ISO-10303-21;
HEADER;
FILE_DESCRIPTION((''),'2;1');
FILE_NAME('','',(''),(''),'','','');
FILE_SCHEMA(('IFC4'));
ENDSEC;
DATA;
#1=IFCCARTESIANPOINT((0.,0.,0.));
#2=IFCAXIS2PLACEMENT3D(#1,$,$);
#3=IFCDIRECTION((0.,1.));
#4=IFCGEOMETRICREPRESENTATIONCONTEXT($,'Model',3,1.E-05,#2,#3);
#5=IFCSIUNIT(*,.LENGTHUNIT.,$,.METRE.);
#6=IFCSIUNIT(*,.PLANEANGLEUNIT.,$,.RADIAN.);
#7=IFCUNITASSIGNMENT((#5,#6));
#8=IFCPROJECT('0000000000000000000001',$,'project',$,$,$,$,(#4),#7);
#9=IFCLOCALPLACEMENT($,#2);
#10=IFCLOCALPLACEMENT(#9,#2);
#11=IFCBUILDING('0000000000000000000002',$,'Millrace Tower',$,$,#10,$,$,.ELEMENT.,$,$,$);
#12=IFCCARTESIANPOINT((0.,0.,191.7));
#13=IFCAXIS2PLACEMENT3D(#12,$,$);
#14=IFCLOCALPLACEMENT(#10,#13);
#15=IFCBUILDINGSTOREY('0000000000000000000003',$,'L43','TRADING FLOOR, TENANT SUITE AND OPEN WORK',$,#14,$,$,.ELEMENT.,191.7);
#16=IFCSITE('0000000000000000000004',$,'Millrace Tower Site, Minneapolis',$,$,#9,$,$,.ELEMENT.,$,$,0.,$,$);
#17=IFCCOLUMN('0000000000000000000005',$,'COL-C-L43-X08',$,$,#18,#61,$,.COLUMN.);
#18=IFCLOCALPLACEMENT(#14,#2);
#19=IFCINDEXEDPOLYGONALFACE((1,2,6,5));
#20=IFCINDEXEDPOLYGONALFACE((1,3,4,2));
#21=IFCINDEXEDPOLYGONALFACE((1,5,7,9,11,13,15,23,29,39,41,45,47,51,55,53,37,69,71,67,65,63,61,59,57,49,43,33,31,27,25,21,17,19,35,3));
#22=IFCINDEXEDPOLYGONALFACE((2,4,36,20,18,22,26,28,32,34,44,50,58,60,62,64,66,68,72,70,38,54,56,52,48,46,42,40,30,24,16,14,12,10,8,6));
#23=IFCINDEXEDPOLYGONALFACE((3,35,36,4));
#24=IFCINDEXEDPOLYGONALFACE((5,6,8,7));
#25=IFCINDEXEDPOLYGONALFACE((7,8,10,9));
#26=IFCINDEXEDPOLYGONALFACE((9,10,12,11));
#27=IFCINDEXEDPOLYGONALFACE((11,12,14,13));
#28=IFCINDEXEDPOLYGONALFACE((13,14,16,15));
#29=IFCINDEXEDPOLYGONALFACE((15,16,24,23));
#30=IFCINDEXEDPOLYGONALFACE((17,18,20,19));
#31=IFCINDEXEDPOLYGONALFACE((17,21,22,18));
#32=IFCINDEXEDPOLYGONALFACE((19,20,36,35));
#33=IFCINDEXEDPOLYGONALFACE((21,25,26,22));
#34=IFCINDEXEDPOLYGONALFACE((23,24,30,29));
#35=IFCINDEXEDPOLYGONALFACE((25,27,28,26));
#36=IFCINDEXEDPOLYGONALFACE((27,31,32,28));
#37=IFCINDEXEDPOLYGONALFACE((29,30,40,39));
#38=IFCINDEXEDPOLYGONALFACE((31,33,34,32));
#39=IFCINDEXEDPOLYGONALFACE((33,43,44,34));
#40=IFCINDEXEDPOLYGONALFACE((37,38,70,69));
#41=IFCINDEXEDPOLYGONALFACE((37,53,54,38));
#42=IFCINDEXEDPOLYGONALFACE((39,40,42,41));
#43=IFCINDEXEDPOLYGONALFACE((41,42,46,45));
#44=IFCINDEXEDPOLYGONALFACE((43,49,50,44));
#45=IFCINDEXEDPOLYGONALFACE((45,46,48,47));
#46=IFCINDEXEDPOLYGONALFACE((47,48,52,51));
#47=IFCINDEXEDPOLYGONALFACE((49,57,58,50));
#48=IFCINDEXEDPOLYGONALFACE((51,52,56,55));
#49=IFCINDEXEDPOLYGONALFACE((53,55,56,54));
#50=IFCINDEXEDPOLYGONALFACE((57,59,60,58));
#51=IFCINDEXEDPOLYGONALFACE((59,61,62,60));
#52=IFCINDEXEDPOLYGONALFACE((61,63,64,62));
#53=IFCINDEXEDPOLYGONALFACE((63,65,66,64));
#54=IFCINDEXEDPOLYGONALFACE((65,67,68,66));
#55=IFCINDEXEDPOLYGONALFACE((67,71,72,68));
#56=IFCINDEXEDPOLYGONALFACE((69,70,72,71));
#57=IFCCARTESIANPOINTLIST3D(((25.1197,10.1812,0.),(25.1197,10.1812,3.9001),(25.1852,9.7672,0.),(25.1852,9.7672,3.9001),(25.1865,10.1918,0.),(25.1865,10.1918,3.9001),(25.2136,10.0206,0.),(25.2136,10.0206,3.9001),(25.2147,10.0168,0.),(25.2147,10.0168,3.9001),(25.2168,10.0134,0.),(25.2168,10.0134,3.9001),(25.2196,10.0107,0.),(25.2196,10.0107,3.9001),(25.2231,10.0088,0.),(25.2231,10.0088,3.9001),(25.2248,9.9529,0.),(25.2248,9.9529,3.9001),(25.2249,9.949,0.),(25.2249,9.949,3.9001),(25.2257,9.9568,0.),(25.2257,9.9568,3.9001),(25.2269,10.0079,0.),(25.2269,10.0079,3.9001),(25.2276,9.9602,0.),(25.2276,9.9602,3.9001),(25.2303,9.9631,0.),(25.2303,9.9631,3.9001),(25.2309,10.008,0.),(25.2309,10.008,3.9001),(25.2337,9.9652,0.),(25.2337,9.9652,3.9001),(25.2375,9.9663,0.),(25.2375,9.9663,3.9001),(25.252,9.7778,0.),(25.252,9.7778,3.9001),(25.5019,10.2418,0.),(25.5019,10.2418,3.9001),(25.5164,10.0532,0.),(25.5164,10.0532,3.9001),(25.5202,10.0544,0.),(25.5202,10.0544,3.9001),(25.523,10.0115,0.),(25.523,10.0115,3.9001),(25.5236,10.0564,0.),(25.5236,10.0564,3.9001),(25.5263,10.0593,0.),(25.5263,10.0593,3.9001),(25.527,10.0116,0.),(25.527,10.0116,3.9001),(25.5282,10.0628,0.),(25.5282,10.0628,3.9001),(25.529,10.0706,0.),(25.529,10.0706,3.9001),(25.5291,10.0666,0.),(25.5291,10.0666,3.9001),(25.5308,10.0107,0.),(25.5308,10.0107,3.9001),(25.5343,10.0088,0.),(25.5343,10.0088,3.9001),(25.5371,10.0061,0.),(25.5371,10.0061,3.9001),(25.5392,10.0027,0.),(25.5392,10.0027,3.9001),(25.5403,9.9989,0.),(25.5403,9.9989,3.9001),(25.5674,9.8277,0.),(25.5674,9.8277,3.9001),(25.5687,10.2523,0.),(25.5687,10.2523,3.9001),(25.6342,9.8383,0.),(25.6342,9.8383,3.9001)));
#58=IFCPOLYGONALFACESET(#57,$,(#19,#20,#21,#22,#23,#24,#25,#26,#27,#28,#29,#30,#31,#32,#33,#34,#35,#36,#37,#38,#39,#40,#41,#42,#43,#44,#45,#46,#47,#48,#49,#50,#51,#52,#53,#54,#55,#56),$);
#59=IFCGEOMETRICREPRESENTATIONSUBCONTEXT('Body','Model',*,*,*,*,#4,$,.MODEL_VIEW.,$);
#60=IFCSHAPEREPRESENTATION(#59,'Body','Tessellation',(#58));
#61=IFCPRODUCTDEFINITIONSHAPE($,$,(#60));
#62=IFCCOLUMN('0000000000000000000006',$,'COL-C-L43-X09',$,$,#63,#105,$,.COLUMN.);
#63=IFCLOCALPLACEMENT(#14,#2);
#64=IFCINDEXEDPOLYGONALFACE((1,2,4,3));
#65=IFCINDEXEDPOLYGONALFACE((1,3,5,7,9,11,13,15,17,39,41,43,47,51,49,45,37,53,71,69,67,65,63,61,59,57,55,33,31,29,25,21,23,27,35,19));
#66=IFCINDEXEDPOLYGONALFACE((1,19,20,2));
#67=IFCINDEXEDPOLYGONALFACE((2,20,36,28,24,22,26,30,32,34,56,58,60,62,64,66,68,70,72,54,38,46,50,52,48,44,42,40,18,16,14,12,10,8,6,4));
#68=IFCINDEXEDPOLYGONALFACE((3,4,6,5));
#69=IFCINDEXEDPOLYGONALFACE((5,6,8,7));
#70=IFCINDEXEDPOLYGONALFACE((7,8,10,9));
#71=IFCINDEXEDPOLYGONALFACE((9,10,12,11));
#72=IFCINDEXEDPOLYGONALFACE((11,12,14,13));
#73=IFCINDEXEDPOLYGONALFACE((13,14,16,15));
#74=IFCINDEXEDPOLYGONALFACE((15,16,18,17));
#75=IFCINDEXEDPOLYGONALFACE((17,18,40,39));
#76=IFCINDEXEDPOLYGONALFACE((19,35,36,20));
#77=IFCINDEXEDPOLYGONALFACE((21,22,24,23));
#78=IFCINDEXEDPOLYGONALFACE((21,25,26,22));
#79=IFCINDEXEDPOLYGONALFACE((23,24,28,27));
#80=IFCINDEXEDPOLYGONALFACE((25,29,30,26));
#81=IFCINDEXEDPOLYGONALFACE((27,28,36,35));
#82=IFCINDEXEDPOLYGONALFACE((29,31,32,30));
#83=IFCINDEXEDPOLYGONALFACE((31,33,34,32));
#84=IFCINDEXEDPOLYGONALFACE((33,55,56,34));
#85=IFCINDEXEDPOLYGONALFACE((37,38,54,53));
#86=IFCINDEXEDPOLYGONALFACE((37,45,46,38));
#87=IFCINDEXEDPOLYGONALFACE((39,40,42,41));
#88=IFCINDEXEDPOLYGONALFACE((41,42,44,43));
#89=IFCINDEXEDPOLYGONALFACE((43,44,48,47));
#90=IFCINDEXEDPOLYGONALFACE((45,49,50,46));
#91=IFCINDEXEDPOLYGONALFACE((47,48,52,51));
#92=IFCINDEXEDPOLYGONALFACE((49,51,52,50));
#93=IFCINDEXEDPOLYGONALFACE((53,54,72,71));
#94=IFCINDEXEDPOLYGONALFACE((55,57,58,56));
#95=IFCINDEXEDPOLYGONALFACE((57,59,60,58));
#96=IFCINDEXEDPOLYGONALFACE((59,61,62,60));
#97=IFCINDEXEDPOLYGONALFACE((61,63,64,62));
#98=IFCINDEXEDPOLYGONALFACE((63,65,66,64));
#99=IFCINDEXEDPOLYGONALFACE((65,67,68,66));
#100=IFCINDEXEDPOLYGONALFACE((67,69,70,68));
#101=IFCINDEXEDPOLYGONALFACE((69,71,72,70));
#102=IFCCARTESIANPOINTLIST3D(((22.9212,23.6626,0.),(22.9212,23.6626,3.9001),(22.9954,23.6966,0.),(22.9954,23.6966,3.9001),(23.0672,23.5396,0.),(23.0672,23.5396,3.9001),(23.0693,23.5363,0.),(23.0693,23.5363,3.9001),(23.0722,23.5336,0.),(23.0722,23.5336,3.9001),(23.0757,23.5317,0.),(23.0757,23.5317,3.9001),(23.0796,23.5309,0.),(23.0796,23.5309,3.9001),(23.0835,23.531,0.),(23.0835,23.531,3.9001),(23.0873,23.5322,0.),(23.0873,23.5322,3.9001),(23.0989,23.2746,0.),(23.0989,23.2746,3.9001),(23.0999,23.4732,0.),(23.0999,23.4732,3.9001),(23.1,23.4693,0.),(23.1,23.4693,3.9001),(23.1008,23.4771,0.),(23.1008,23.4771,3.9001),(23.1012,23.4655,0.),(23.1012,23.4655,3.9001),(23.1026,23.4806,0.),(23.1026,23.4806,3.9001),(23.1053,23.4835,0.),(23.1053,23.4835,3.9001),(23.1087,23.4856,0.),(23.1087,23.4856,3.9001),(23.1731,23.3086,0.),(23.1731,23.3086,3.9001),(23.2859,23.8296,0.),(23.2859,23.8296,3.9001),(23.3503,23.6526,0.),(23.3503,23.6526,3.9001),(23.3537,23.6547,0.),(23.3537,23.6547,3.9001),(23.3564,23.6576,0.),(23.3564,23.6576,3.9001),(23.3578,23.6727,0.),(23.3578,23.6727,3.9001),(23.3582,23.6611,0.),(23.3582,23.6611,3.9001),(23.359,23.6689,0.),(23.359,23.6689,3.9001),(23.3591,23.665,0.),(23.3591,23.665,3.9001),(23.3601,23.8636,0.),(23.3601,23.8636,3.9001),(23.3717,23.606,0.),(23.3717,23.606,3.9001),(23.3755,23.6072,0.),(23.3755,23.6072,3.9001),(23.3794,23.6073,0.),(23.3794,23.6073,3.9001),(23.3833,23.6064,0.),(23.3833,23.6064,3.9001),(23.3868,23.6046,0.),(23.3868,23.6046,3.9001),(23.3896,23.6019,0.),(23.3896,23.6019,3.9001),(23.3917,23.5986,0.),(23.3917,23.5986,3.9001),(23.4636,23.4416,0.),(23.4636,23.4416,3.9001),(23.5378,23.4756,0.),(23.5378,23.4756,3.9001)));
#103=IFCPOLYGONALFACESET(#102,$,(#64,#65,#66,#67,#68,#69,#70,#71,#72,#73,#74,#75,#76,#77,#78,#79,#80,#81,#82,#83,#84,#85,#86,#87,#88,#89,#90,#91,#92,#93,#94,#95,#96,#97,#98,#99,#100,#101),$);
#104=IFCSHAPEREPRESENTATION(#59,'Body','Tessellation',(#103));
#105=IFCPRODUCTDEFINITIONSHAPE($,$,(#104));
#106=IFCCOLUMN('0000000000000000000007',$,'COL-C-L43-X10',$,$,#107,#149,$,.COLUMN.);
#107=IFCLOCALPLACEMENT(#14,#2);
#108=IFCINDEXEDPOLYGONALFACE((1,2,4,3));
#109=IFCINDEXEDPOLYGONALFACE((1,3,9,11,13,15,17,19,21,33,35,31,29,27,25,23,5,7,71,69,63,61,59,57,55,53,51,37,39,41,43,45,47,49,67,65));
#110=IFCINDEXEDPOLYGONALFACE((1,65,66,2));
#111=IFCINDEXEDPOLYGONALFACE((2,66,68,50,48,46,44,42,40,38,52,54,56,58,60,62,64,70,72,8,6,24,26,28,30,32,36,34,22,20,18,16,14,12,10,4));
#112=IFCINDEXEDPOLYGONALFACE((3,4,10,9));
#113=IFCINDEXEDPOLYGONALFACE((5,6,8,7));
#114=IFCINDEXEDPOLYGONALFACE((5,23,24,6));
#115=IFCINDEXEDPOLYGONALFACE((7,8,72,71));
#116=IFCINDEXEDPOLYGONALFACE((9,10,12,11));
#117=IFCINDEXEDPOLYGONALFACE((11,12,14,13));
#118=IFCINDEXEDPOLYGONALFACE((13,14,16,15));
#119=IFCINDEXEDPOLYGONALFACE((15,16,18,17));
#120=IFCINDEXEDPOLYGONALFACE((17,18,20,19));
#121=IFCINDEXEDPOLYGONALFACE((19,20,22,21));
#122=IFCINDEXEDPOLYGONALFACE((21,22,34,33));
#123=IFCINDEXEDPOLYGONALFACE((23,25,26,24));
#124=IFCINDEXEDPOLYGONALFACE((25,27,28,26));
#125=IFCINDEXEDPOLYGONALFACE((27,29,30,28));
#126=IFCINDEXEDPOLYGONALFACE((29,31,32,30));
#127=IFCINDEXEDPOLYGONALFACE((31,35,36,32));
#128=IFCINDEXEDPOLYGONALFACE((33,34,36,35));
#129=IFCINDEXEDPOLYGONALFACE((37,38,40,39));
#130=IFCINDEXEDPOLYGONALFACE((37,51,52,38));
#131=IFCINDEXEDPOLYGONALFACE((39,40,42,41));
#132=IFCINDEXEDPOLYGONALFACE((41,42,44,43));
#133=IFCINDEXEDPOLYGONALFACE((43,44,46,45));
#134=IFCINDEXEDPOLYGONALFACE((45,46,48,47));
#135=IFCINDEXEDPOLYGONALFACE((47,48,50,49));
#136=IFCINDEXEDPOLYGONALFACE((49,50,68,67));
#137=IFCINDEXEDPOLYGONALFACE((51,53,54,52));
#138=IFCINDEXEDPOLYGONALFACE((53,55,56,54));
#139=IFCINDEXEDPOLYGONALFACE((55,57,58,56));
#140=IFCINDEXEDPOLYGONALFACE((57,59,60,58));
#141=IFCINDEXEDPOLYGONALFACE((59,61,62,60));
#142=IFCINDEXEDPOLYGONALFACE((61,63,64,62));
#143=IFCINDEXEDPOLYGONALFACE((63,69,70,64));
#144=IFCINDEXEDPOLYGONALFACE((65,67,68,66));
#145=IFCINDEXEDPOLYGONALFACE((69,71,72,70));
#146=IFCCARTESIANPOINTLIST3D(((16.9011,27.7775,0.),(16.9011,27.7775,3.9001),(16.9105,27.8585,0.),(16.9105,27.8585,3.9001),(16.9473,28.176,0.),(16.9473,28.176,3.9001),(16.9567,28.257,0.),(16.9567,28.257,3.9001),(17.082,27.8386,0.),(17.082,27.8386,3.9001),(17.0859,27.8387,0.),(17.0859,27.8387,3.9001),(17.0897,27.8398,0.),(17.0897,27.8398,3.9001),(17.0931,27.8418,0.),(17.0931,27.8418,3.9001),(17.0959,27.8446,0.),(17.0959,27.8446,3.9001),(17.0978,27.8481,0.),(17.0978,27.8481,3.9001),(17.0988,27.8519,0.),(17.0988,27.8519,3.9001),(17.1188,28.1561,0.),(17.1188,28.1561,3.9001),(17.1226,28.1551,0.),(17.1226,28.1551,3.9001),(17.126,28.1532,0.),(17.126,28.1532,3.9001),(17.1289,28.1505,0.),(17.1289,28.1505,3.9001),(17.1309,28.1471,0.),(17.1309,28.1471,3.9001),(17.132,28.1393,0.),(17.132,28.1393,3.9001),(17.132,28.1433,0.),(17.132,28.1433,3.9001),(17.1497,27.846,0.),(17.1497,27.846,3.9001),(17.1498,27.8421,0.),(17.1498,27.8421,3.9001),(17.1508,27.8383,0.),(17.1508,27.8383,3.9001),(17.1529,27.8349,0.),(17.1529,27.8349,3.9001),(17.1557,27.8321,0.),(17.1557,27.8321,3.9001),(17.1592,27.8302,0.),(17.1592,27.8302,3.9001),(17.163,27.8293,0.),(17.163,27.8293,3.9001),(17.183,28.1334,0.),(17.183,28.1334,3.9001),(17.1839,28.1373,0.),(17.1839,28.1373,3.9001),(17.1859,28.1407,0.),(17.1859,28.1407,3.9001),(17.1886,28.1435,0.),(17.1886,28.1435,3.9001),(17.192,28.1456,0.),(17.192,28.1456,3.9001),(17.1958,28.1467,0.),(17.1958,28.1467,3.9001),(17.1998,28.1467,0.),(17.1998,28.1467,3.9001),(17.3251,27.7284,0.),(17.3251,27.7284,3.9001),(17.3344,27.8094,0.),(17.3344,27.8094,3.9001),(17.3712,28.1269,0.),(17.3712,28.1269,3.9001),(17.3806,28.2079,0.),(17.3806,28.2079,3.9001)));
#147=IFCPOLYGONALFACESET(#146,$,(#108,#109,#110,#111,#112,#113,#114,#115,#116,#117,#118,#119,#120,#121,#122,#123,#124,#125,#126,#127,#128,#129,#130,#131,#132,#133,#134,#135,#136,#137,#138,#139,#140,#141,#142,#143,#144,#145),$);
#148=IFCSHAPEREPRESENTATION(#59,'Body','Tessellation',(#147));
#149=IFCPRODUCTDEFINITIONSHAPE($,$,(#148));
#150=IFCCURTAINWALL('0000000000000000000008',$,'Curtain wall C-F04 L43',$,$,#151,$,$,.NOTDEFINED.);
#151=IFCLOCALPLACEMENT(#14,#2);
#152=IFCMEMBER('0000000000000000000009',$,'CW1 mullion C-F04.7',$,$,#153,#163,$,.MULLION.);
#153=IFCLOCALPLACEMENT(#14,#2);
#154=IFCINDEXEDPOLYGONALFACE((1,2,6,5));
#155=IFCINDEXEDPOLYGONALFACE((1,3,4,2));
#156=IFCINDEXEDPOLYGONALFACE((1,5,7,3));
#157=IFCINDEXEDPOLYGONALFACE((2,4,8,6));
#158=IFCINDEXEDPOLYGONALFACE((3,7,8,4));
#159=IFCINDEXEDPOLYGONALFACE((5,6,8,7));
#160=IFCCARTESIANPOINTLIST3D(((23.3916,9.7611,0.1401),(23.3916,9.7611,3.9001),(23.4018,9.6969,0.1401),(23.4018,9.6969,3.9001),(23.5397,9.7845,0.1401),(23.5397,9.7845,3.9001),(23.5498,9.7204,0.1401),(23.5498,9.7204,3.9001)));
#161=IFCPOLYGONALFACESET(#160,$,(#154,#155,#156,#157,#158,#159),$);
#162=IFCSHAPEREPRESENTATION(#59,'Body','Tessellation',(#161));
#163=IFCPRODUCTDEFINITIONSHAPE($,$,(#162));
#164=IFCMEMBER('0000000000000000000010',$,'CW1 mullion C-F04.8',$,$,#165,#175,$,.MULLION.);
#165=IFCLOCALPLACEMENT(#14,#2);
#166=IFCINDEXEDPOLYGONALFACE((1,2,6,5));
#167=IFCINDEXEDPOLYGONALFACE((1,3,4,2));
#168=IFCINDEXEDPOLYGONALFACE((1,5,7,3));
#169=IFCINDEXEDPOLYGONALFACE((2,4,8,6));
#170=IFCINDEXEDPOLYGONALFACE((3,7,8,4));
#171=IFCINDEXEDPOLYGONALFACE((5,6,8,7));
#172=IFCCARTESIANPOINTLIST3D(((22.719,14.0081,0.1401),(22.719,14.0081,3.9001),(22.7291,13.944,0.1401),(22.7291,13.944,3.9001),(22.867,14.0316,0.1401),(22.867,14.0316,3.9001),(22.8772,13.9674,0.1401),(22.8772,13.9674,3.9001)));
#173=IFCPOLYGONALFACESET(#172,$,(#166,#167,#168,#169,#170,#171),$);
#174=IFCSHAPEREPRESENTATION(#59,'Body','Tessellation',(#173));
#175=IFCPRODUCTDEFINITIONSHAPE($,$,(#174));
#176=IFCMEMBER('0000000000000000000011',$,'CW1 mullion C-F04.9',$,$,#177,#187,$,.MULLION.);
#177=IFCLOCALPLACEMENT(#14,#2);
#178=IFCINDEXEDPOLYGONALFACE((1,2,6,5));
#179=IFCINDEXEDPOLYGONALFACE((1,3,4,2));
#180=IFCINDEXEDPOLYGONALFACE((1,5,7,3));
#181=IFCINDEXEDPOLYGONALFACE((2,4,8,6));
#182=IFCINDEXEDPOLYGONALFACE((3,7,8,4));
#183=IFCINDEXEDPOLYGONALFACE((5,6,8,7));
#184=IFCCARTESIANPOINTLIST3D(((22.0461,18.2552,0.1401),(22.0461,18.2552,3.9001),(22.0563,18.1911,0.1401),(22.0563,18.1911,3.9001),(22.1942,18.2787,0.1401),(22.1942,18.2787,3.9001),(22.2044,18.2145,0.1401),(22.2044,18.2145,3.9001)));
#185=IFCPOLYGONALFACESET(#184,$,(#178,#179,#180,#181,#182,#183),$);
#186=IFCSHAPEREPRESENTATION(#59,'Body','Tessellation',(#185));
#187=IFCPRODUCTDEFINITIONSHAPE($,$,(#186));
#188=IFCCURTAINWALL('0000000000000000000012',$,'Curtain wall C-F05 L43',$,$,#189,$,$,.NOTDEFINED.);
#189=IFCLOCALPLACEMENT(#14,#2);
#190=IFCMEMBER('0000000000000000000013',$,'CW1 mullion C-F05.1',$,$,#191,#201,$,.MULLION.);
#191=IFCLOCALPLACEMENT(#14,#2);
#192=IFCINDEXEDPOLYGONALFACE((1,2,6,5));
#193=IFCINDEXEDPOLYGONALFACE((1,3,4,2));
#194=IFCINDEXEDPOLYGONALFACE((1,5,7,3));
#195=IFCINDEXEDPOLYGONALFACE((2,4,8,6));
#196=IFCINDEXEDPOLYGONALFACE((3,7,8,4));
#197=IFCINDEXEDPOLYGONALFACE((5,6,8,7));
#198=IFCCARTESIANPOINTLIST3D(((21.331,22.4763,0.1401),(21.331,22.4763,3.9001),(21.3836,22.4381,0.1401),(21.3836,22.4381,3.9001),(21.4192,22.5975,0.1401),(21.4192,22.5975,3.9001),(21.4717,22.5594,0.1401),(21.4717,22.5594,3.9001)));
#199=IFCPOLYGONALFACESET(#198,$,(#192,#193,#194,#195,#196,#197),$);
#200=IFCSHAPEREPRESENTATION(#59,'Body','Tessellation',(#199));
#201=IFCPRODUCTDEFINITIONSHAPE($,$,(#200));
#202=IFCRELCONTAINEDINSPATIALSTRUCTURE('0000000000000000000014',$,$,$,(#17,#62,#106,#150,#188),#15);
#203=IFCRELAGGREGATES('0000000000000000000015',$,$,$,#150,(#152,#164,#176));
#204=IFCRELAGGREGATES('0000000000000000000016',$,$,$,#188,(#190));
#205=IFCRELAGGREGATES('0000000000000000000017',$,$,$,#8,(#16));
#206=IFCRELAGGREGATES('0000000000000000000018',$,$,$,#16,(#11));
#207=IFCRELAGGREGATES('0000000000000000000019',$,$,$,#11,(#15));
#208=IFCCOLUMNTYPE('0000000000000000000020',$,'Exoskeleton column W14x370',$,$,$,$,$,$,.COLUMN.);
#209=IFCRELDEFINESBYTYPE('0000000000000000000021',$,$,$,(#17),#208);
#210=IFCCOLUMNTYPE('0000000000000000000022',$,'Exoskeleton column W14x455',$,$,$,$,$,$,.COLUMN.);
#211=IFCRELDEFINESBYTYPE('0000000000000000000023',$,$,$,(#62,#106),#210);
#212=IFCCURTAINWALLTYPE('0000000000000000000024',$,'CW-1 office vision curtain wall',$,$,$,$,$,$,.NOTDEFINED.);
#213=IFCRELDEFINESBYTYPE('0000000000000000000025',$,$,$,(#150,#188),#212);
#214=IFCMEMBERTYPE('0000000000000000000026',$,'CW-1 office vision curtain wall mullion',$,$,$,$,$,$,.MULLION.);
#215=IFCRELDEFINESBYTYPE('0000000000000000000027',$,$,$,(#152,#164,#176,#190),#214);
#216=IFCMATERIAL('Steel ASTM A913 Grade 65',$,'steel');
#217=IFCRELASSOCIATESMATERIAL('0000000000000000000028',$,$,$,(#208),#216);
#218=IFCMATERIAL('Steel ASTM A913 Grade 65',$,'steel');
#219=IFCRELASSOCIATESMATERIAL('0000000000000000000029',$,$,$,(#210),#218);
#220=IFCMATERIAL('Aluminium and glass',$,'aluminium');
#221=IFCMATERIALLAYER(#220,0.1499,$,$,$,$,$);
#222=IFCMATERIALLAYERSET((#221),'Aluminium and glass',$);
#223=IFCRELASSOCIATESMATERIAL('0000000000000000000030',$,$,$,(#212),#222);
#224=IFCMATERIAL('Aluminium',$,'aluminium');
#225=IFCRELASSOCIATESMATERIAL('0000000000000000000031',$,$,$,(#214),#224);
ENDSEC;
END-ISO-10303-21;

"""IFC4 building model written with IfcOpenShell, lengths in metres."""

from ifc_helpers import new_model, si_unit, direction, frame, origin, origin_2d, place, context, subcontext, project, spatial, rectangle, i_section, extrude, material, layer, layer_set, material_profile, profile_set, type_object, element, aggregate, save


model = new_model("IFC4")

# Units and contexts
model_context = context("Model", 3, precision=1e-05, world=origin(), true_north=direction((0.0, 1.0)))
body_context = subcontext(model_context, "Body", "Model", "MODEL_VIEW")
ifc_project = project(units=[si_unit("LENGTHUNIT", "METRE"), si_unit("PLANEANGLEUNIT", "RADIAN")], contexts=[model_context])

# Site, building, storey
site_placement = place(None, origin())
site = spatial("IfcSite", under=ifc_project, at=site_placement, Name="Millrace Tower Site, Minneapolis", CompositionType="ELEMENT", RefElevation=0.0)
building_placement = place(site_placement, origin())
building = spatial("IfcBuilding", under=site, at=building_placement, Name="Millrace Tower", CompositionType="ELEMENT")
storey_placement = place(building_placement, frame((0.0, 0.0, 191.7)))
storey = spatial("IfcBuildingStorey", under=building, at=storey_placement, Name="L43", Description="TRADING FLOOR, TENANT SUITE AND OPEN WORK", CompositionType="ELEMENT", Elevation=191.7)

# Columns
ifc_material_1 = material(Name="Steel ASTM A913 Grade 65", Category="steel")
ifc_material_profile_1 = material_profile(ifc_material_1, i_section(OverallWidth=0.4192, OverallDepth=0.4546, WebThickness=0.0422, FlangeThickness=0.0676, FilletRadius=0.0151, at=origin_2d()))
ifc_profile_set_1 = profile_set([ifc_material_profile_1], Name="Steel ASTM A913 Grade 65")
column_type_1 = type_object("IfcColumnType", Name="Exoskeleton column W14x370", PredefinedType="COLUMN", material=ifc_profile_set_1)
column_placement = place(storey_placement, frame((25.377, 10.0098, 0.0), z_axis=(0.0, 0.0, 1.0), x_axis=(-0.156434, 0.987688, 0.0)))
element("IfcColumn", 1, at=column_placement, inside=storey, type_object=column_type_1, Name="COL-C-L43-X08", PredefinedType="COLUMN", context=body_context, shape_type="SweptSolid", body=[
    extrude(i_section(OverallWidth=0.4192, OverallDepth=0.4546, WebThickness=0.0422, FlangeThickness=0.0676, FilletRadius=0.0151, at=origin_2d()), origin(), (0.0, 0.0, 1.0), 3.9001),
])
ifc_material_2 = material(Name="Steel ASTM A913 Grade 65", Category="steel")
ifc_material_profile_2 = material_profile(ifc_material_2, i_section(OverallWidth=0.4268, OverallDepth=0.4827, WebThickness=0.0513, FlangeThickness=0.0815, FilletRadius=0.0151, at=origin_2d()))
ifc_profile_set_2 = profile_set([ifc_material_profile_2], Name="Steel ASTM A913 Grade 65")
column_type_2 = type_object("IfcColumnType", Name="Exoskeleton column W14x455", PredefinedType="COLUMN", material=ifc_profile_set_2)
for number, where, z_axis, x_axis, name in (
    (2, (23.2295, 23.5691, 0.0), (0.0, 0.0, 1.0), (-0.416401, 0.909181, 0.0), "COL-C-L43-X09"),
    (3, (17.1409, 27.9927, 0.0), (0.0, 0.0, 1.0), (-0.993358, 0.115069, 0.0), "COL-C-L43-X10"),
):
    element("IfcColumn", number, at=place(storey_placement, frame(where, z_axis=z_axis, x_axis=x_axis)), inside=storey, type_object=column_type_2, Name=name, PredefinedType="COLUMN", context=body_context, shape_type="SweptSolid", body=[
        extrude(i_section(OverallWidth=0.4268, OverallDepth=0.4827, WebThickness=0.0513, FlangeThickness=0.0815, FilletRadius=0.0151, at=origin_2d()), origin(), (0.0, 0.0, 1.0), 3.9001),
    ])

# Curtain wall, members
ifc_material_3 = material(Name="Aluminium and glass", Category="aluminium")
ifc_layer_1 = layer(ifc_material_3, 0.1499)
ifc_layer_set_1 = layer_set([ifc_layer_1], Name="Aluminium and glass")
curtain_wall_type = type_object("IfcCurtainWallType", Name="CW-1 office vision curtain wall", PredefinedType="NOTDEFINED", material=ifc_layer_set_1)
placement = place(storey_placement, origin())
curtain_wall_1 = element("IfcCurtainWall", 4, at=placement, inside=storey, type_object=curtain_wall_type, Name="Curtain wall C-F04 L43", PredefinedType="NOTDEFINED")
ifc_material_4 = material(Name="Aluminium", Category="aluminium")
ifc_material_profile_3 = material_profile(ifc_material_4, rectangle(XDim=0.0649, YDim=0.1499, at=origin_2d()))
ifc_profile_set_3 = profile_set([ifc_material_profile_3], Name="Aluminium")
member_type_1 = type_object("IfcMemberType", Name="CW-1 office vision curtain wall mullion", PredefinedType="MULLION", material=ifc_profile_set_3)
member_1_placement = place(storey_placement, frame((23.4707, 9.7407, 0.1401), z_axis=(0.0, 0.0, 1.0), x_axis=(-0.156434, 0.987688, 0.0)))
member_1 = element("IfcMember", 5, at=member_1_placement, type_object=member_type_1, Name="CW1 mullion C-F04.7", PredefinedType="MULLION", context=body_context, shape_type="SweptSolid", body=[
    extrude(rectangle(XDim=0.0649, YDim=0.1499, at=origin_2d()), origin(), (0.0, 0.0, 1.0), 3.76),
])
member_2_placement = place(storey_placement, frame((22.7981, 13.9878, 0.1401), z_axis=(0.0, 0.0, 1.0), x_axis=(-0.156434, 0.987688, 0.0)))
member_2 = element("IfcMember", 6, at=member_2_placement, type_object=member_type_1, Name="CW1 mullion C-F04.8", PredefinedType="MULLION", context=body_context, shape_type="SweptSolid", body=[
    extrude(rectangle(XDim=0.0649, YDim=0.1499, at=origin_2d()), origin(), (0.0, 0.0, 1.0), 3.76),
])
member_3_placement = place(storey_placement, frame((22.1252, 18.2349, 0.1401), z_axis=(0.0, 0.0, 1.0), x_axis=(-0.156434, 0.987688, 0.0)))
member_3 = element("IfcMember", 7, at=member_3_placement, type_object=member_type_1, Name="CW1 mullion C-F04.9", PredefinedType="MULLION", context=body_context, shape_type="SweptSolid", body=[
    extrude(rectangle(XDim=0.0649, YDim=0.1499, at=origin_2d()), origin(), (0.0, 0.0, 1.0), 3.76),
])
aggregate(curtain_wall_1, [member_1, member_2, member_3])

# Curtain wall, member
curtain_wall_2 = element("IfcCurtainWall", 8, at=placement, inside=storey, type_object=curtain_wall_type, Name="Curtain wall C-F05 L43", PredefinedType="NOTDEFINED")
member_4_placement = place(storey_placement, frame((21.4014, 22.5178, 0.1401), z_axis=(0.0, 0.0, 1.0), x_axis=(-0.809017, 0.587785, 0.0)))
member_4 = element("IfcMember", 9, at=member_4_placement, type_object=member_type_1, Name="CW1 mullion C-F05.1", PredefinedType="MULLION", context=body_context, shape_type="SweptSolid", body=[
    extrude(rectangle(XDim=0.0649, YDim=0.1499, at=origin_2d()), origin(), (0.0, 0.0, 1.0), 3.76),
])

aggregate(curtain_wall_2, [member_4])

save(model, "model.ifc")
